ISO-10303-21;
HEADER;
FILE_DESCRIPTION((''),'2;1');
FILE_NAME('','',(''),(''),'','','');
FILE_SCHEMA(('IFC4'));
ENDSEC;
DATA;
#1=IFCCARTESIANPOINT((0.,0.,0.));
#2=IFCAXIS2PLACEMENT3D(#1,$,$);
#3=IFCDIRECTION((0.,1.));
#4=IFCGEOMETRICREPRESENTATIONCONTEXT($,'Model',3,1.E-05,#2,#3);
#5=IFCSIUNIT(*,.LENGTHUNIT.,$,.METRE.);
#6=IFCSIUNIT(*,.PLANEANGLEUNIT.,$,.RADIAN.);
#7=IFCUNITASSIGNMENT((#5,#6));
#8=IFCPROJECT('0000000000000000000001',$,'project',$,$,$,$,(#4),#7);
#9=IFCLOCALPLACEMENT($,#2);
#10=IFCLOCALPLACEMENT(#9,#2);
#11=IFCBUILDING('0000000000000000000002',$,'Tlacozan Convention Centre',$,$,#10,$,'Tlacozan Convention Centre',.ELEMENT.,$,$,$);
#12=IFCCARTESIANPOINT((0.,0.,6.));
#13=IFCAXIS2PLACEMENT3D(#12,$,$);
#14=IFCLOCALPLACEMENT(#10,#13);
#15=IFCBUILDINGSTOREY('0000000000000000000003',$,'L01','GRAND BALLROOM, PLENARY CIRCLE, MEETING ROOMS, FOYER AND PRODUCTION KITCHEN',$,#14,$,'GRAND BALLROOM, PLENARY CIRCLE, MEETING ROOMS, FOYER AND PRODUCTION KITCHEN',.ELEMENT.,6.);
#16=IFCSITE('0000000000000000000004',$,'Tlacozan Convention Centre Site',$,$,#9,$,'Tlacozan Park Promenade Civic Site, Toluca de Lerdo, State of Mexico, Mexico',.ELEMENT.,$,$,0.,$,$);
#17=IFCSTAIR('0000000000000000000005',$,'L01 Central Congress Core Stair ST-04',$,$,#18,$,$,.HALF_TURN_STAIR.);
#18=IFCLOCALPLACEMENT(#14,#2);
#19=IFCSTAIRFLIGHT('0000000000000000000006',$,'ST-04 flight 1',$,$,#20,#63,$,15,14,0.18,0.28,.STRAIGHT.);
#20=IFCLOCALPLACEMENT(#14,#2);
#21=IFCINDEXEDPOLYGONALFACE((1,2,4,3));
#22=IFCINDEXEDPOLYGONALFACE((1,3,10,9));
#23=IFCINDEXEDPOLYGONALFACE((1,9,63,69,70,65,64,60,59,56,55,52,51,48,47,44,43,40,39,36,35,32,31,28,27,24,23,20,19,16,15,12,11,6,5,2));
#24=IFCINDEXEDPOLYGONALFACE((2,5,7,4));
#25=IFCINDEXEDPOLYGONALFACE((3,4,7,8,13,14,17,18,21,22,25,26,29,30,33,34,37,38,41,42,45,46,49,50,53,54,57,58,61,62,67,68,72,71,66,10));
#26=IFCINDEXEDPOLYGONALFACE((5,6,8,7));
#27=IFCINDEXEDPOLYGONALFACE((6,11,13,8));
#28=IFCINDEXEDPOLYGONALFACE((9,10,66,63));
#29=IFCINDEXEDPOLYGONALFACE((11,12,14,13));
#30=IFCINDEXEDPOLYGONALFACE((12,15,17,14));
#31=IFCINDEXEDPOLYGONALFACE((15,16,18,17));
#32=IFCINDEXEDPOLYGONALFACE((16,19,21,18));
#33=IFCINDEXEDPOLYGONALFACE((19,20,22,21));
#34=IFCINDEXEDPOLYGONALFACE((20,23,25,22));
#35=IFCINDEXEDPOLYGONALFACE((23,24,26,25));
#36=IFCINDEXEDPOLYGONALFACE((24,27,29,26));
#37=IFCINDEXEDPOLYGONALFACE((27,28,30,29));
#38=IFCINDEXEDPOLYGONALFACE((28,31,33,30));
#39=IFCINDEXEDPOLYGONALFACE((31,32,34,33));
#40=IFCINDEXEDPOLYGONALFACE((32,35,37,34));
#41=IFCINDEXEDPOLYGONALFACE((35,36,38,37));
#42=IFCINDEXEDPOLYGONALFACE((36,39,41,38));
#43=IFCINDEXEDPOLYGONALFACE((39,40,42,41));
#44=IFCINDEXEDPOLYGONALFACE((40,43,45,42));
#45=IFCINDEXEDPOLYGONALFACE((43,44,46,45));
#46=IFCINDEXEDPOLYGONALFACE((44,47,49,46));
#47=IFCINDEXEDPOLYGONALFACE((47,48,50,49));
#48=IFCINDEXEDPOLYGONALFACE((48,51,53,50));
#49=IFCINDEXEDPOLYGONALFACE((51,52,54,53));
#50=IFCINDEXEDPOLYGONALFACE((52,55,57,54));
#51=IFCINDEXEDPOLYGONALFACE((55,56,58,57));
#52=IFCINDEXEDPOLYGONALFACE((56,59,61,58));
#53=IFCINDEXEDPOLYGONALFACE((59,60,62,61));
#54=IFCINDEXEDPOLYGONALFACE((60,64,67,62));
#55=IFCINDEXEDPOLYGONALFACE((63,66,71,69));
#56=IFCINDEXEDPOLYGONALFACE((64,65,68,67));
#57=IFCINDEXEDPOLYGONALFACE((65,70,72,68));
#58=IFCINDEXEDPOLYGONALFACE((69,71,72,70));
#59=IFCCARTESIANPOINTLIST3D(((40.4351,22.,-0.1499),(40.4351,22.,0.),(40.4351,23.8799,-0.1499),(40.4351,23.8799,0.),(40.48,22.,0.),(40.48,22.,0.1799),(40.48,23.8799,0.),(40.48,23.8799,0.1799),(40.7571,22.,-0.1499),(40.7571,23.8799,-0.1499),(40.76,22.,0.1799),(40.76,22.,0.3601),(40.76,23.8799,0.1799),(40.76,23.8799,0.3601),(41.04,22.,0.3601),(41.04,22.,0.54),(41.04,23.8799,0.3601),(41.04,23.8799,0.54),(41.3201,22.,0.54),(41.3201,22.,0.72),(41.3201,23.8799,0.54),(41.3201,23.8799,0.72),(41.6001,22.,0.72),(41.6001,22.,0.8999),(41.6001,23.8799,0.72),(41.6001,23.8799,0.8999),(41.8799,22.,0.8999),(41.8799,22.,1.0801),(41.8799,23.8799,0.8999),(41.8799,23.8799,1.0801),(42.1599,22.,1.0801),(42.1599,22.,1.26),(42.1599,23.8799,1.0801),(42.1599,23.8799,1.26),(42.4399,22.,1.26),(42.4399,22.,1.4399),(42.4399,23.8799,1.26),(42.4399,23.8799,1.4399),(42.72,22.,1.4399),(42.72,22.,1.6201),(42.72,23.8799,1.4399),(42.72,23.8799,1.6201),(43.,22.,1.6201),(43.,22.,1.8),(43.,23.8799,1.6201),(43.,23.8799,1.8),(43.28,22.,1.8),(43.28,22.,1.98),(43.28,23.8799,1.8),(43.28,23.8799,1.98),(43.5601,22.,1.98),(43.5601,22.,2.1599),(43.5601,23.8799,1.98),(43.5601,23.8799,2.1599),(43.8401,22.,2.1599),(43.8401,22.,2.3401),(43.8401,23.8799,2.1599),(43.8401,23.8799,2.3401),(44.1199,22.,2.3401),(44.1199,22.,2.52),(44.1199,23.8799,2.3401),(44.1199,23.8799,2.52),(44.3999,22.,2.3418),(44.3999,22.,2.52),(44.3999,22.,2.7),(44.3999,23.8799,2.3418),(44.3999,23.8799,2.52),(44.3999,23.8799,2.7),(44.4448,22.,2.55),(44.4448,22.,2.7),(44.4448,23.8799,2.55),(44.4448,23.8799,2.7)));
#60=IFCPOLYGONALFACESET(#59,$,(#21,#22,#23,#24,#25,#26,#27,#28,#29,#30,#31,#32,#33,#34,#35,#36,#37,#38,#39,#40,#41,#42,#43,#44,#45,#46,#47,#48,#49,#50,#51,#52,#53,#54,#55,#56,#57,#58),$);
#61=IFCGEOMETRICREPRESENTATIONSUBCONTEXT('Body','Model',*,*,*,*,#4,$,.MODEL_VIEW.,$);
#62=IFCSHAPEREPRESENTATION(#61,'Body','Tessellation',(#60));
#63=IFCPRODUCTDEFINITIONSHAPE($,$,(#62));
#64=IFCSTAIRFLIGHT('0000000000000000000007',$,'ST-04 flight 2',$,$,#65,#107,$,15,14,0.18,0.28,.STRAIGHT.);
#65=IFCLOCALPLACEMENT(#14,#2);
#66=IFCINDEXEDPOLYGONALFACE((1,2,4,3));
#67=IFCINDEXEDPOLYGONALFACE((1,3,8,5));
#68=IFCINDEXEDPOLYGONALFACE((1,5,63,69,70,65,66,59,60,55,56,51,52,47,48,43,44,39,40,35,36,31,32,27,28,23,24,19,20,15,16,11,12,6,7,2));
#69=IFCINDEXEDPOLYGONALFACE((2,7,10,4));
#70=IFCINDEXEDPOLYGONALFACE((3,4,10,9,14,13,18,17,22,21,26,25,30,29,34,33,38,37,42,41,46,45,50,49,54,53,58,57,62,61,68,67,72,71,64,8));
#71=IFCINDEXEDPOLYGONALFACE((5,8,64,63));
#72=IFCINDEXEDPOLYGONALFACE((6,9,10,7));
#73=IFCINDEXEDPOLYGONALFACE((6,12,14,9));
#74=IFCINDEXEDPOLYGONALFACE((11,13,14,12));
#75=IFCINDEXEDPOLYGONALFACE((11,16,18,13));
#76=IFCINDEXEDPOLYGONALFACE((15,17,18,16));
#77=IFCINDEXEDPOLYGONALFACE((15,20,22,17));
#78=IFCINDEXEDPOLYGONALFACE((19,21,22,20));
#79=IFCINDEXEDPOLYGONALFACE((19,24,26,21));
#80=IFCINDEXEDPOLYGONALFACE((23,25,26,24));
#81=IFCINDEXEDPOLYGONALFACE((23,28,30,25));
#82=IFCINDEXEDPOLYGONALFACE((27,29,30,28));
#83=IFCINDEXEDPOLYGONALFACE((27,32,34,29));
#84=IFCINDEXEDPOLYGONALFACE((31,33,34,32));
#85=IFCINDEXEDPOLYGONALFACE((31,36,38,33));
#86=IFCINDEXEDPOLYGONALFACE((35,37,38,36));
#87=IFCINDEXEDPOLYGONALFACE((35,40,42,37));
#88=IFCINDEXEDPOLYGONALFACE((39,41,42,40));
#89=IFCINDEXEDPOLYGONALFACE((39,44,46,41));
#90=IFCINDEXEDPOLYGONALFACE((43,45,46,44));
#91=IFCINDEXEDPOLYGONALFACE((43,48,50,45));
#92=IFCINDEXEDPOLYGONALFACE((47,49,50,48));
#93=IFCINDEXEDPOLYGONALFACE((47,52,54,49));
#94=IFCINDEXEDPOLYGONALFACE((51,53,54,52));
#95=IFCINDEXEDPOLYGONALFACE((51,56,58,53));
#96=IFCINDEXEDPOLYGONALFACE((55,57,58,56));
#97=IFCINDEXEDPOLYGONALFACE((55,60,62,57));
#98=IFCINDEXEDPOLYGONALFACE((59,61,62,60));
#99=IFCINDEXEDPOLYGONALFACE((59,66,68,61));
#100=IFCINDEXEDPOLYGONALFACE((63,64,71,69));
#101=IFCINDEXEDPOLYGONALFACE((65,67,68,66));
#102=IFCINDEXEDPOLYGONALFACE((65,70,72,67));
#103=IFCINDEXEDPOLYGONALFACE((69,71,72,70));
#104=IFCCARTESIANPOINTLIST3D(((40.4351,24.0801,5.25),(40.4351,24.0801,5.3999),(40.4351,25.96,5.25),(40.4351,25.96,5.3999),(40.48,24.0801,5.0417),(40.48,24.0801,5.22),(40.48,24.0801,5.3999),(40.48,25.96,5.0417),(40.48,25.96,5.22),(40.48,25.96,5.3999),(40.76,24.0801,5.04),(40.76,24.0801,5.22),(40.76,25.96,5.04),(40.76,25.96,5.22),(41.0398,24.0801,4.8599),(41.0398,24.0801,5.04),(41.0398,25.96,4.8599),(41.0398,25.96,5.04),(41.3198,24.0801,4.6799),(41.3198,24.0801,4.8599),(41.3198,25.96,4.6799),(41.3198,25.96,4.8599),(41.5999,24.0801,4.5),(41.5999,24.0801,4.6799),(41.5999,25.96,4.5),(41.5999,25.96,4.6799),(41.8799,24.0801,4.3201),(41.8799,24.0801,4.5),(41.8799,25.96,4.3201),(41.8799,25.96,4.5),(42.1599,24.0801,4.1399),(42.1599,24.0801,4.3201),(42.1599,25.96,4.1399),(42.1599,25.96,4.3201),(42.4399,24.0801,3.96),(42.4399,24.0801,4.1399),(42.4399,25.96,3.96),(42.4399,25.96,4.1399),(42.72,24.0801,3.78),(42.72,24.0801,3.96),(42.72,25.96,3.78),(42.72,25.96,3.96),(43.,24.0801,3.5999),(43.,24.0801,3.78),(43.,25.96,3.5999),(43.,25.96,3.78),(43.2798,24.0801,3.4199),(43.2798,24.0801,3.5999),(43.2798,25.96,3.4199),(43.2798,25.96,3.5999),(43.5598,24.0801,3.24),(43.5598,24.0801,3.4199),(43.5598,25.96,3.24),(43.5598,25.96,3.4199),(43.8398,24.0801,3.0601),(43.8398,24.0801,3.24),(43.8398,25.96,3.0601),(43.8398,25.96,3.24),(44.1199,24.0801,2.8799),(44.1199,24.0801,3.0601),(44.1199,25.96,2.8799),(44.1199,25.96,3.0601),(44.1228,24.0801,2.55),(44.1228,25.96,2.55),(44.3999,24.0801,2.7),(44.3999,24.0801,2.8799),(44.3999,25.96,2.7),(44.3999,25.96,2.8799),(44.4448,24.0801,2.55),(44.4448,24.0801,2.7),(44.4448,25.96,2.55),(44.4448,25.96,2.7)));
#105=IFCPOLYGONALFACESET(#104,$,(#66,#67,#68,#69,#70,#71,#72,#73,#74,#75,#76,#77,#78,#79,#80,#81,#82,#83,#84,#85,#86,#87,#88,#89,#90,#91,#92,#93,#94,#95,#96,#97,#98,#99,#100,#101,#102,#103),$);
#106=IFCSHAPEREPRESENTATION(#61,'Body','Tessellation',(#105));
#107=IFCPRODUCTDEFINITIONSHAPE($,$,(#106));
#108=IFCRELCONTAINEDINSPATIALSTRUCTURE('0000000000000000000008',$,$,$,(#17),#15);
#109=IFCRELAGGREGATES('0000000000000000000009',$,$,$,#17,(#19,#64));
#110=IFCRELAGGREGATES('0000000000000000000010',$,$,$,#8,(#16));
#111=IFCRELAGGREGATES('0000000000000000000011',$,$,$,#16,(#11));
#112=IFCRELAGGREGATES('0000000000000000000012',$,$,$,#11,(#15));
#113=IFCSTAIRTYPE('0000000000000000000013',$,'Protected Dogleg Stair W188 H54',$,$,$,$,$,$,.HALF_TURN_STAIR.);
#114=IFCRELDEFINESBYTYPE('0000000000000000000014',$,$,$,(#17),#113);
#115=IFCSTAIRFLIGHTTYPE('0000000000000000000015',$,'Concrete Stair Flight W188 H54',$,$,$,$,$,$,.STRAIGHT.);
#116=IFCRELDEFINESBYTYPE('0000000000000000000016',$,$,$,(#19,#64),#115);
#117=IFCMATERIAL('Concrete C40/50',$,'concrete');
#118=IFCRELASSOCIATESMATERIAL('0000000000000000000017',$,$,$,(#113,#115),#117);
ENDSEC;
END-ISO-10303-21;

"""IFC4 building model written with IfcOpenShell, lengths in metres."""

from ifc_helpers import new_model, si_unit, direction, frame, origin, place, context, subcontext, project, spatial, polyline, outline, extrude, material, type_object, element, aggregate, save


model = new_model("IFC4")

# Units and contexts
model_context = context("Model", 3, precision=1e-05, world=origin(), true_north=direction((0.0, 1.0)))
body_context = subcontext(model_context, "Body", "Model", "MODEL_VIEW")
ifc_project = project(units=[si_unit("LENGTHUNIT", "METRE"), si_unit("PLANEANGLEUNIT", "RADIAN")], contexts=[model_context])

# Site, building, storey
site_placement = place(None, origin())
site = spatial("IfcSite", under=ifc_project, at=site_placement, Name="Tlacozan Convention Centre Site", LongName="Tlacozan Park Promenade Civic Site, Toluca de Lerdo, State of Mexico, Mexico", CompositionType="ELEMENT", RefElevation=0.0)
building_placement = place(site_placement, origin())
building = spatial("IfcBuilding", under=site, at=building_placement, Name="Tlacozan Convention Centre", LongName="Tlacozan Convention Centre", CompositionType="ELEMENT")
storey_placement = place(building_placement, frame((0.0, 0.0, 6.0)))
storey = spatial("IfcBuildingStorey", under=building, at=storey_placement, Name="L01", Description="GRAND BALLROOM, PLENARY CIRCLE, MEETING ROOMS, FOYER AND PRODUCTION KITCHEN", LongName="GRAND BALLROOM, PLENARY CIRCLE, MEETING ROOMS, FOYER AND PRODUCTION KITCHEN", CompositionType="ELEMENT", Elevation=6.0)

# Shared definitions
ifc_material_1 = material(Name="Concrete C40/50", Category="concrete")

# Stair, stair flights
stair_type = type_object("IfcStairType", Name="Protected Dogleg Stair W188 H54", PredefinedType="HALF_TURN_STAIR", material=ifc_material_1)
stair_placement = place(storey_placement, origin())
stair = element("IfcStair", 1, at=stair_placement, inside=storey, type_object=stair_type, Name="L01 Central Congress Core Stair ST-04", PredefinedType="HALF_TURN_STAIR")
stair_flight_type = type_object("IfcStairFlightType", Name="Concrete Stair Flight W188 H54", PredefinedType="STRAIGHT", material=ifc_material_1)
stair_flight_1_placement = place(storey_placement, frame((40.48, 22.9399, 0.0), z_axis=(0.0, 0.0, 1.0), x_axis=(1.0, 0.0, 0.0)))
stair_flight_1 = element("IfcStairFlight", 2, at=stair_flight_1_placement, type_object=stair_flight_type, Name="ST-04 flight 1", NumberOfRisers=15, NumberOfTreads=14, PredefinedType="STRAIGHT", RiserHeight=0.18, TreadLength=0.28, context=body_context, shape_type="SweptSolid", body=[
    extrude(outline(polyline([(-0.0449, -0.1499), (-0.0449, 0.0), (0.0, 0.0), (0.0, 0.1799), (0.28, 0.1799), (0.28, 0.3601), (0.5601, 0.3601), (0.5601, 0.54), (0.8401, 0.54), (0.8401, 0.72), (1.1201, 0.72), (1.1201, 0.8999), (1.3999, 0.8999), (1.3999, 1.0801), (1.6799, 1.0801), (1.6799, 1.26), (1.96, 1.26), (1.96, 1.4399), (2.24, 1.4399), (2.24, 1.6201), (2.52, 1.6201), (2.52, 1.8), (2.8, 1.8), (2.8, 1.98), (3.0801, 1.98), (3.0801, 2.1599), (3.3601, 2.1599), (3.3601, 2.3401), (3.6399, 2.3401), (3.6399, 2.52), (3.9199, 2.52), (3.9199, 2.7), (3.9648, 2.7), (3.9648, 2.55), (3.9199, 2.3418), (0.2771, -0.1499), (-0.0449, -0.1499)])), frame((0.0, 0.9399, 0.0), z_axis=(0.0, -1.0, 0.0), x_axis=(1.0, 0.0, 0.0)), (0.0, 0.0, 1.0), 1.8799),
])
stair_flight_2_placement = place(storey_placement, frame((44.3999, 25.02, 2.7), z_axis=(0.0, 0.0, 1.0), x_axis=(-1.0, 0.0, 0.0)))
stair_flight_2 = element("IfcStairFlight", 3, at=stair_flight_2_placement, type_object=stair_flight_type, Name="ST-04 flight 2", NumberOfRisers=15, NumberOfTreads=14, PredefinedType="STRAIGHT", RiserHeight=0.18, TreadLength=0.28, context=body_context, shape_type="SweptSolid", body=[
    extrude(outline(polyline([(-0.0449, -0.1499), (-0.0449, 0.0), (0.0, 0.0), (0.0, 0.1799), (0.28, 0.1799), (0.28, 0.3601), (0.5601, 0.3601), (0.5601, 0.54), (0.8401, 0.54), (0.8401, 0.72), (1.1201, 0.72), (1.1201, 0.8999), (1.3999, 0.8999), (1.3999, 1.0801), (1.6799, 1.0801), (1.6799, 1.26), (1.96, 1.26), (1.96, 1.4399), (2.24, 1.4399), (2.24, 1.6201), (2.52, 1.6201), (2.52, 1.8), (2.8, 1.8), (2.8, 1.98), (3.0801, 1.98), (3.0801, 2.1599), (3.3601, 2.1599), (3.3601, 2.3401), (3.6399, 2.3401), (3.6399, 2.52), (3.9199, 2.52), (3.9199, 2.7), (3.9648, 2.7), (3.9648, 2.55), (3.9199, 2.3418), (0.2771, -0.1499), (-0.0449, -0.1499)])), frame((0.0, 0.9399, 0.0), z_axis=(0.0, -1.0, 0.0), x_axis=(1.0, 0.0, 0.0)), (0.0, 0.0, 1.0), 1.8799),
])
aggregate(stair, [stair_flight_1, stair_flight_2])

save(model, "model.ifc")
